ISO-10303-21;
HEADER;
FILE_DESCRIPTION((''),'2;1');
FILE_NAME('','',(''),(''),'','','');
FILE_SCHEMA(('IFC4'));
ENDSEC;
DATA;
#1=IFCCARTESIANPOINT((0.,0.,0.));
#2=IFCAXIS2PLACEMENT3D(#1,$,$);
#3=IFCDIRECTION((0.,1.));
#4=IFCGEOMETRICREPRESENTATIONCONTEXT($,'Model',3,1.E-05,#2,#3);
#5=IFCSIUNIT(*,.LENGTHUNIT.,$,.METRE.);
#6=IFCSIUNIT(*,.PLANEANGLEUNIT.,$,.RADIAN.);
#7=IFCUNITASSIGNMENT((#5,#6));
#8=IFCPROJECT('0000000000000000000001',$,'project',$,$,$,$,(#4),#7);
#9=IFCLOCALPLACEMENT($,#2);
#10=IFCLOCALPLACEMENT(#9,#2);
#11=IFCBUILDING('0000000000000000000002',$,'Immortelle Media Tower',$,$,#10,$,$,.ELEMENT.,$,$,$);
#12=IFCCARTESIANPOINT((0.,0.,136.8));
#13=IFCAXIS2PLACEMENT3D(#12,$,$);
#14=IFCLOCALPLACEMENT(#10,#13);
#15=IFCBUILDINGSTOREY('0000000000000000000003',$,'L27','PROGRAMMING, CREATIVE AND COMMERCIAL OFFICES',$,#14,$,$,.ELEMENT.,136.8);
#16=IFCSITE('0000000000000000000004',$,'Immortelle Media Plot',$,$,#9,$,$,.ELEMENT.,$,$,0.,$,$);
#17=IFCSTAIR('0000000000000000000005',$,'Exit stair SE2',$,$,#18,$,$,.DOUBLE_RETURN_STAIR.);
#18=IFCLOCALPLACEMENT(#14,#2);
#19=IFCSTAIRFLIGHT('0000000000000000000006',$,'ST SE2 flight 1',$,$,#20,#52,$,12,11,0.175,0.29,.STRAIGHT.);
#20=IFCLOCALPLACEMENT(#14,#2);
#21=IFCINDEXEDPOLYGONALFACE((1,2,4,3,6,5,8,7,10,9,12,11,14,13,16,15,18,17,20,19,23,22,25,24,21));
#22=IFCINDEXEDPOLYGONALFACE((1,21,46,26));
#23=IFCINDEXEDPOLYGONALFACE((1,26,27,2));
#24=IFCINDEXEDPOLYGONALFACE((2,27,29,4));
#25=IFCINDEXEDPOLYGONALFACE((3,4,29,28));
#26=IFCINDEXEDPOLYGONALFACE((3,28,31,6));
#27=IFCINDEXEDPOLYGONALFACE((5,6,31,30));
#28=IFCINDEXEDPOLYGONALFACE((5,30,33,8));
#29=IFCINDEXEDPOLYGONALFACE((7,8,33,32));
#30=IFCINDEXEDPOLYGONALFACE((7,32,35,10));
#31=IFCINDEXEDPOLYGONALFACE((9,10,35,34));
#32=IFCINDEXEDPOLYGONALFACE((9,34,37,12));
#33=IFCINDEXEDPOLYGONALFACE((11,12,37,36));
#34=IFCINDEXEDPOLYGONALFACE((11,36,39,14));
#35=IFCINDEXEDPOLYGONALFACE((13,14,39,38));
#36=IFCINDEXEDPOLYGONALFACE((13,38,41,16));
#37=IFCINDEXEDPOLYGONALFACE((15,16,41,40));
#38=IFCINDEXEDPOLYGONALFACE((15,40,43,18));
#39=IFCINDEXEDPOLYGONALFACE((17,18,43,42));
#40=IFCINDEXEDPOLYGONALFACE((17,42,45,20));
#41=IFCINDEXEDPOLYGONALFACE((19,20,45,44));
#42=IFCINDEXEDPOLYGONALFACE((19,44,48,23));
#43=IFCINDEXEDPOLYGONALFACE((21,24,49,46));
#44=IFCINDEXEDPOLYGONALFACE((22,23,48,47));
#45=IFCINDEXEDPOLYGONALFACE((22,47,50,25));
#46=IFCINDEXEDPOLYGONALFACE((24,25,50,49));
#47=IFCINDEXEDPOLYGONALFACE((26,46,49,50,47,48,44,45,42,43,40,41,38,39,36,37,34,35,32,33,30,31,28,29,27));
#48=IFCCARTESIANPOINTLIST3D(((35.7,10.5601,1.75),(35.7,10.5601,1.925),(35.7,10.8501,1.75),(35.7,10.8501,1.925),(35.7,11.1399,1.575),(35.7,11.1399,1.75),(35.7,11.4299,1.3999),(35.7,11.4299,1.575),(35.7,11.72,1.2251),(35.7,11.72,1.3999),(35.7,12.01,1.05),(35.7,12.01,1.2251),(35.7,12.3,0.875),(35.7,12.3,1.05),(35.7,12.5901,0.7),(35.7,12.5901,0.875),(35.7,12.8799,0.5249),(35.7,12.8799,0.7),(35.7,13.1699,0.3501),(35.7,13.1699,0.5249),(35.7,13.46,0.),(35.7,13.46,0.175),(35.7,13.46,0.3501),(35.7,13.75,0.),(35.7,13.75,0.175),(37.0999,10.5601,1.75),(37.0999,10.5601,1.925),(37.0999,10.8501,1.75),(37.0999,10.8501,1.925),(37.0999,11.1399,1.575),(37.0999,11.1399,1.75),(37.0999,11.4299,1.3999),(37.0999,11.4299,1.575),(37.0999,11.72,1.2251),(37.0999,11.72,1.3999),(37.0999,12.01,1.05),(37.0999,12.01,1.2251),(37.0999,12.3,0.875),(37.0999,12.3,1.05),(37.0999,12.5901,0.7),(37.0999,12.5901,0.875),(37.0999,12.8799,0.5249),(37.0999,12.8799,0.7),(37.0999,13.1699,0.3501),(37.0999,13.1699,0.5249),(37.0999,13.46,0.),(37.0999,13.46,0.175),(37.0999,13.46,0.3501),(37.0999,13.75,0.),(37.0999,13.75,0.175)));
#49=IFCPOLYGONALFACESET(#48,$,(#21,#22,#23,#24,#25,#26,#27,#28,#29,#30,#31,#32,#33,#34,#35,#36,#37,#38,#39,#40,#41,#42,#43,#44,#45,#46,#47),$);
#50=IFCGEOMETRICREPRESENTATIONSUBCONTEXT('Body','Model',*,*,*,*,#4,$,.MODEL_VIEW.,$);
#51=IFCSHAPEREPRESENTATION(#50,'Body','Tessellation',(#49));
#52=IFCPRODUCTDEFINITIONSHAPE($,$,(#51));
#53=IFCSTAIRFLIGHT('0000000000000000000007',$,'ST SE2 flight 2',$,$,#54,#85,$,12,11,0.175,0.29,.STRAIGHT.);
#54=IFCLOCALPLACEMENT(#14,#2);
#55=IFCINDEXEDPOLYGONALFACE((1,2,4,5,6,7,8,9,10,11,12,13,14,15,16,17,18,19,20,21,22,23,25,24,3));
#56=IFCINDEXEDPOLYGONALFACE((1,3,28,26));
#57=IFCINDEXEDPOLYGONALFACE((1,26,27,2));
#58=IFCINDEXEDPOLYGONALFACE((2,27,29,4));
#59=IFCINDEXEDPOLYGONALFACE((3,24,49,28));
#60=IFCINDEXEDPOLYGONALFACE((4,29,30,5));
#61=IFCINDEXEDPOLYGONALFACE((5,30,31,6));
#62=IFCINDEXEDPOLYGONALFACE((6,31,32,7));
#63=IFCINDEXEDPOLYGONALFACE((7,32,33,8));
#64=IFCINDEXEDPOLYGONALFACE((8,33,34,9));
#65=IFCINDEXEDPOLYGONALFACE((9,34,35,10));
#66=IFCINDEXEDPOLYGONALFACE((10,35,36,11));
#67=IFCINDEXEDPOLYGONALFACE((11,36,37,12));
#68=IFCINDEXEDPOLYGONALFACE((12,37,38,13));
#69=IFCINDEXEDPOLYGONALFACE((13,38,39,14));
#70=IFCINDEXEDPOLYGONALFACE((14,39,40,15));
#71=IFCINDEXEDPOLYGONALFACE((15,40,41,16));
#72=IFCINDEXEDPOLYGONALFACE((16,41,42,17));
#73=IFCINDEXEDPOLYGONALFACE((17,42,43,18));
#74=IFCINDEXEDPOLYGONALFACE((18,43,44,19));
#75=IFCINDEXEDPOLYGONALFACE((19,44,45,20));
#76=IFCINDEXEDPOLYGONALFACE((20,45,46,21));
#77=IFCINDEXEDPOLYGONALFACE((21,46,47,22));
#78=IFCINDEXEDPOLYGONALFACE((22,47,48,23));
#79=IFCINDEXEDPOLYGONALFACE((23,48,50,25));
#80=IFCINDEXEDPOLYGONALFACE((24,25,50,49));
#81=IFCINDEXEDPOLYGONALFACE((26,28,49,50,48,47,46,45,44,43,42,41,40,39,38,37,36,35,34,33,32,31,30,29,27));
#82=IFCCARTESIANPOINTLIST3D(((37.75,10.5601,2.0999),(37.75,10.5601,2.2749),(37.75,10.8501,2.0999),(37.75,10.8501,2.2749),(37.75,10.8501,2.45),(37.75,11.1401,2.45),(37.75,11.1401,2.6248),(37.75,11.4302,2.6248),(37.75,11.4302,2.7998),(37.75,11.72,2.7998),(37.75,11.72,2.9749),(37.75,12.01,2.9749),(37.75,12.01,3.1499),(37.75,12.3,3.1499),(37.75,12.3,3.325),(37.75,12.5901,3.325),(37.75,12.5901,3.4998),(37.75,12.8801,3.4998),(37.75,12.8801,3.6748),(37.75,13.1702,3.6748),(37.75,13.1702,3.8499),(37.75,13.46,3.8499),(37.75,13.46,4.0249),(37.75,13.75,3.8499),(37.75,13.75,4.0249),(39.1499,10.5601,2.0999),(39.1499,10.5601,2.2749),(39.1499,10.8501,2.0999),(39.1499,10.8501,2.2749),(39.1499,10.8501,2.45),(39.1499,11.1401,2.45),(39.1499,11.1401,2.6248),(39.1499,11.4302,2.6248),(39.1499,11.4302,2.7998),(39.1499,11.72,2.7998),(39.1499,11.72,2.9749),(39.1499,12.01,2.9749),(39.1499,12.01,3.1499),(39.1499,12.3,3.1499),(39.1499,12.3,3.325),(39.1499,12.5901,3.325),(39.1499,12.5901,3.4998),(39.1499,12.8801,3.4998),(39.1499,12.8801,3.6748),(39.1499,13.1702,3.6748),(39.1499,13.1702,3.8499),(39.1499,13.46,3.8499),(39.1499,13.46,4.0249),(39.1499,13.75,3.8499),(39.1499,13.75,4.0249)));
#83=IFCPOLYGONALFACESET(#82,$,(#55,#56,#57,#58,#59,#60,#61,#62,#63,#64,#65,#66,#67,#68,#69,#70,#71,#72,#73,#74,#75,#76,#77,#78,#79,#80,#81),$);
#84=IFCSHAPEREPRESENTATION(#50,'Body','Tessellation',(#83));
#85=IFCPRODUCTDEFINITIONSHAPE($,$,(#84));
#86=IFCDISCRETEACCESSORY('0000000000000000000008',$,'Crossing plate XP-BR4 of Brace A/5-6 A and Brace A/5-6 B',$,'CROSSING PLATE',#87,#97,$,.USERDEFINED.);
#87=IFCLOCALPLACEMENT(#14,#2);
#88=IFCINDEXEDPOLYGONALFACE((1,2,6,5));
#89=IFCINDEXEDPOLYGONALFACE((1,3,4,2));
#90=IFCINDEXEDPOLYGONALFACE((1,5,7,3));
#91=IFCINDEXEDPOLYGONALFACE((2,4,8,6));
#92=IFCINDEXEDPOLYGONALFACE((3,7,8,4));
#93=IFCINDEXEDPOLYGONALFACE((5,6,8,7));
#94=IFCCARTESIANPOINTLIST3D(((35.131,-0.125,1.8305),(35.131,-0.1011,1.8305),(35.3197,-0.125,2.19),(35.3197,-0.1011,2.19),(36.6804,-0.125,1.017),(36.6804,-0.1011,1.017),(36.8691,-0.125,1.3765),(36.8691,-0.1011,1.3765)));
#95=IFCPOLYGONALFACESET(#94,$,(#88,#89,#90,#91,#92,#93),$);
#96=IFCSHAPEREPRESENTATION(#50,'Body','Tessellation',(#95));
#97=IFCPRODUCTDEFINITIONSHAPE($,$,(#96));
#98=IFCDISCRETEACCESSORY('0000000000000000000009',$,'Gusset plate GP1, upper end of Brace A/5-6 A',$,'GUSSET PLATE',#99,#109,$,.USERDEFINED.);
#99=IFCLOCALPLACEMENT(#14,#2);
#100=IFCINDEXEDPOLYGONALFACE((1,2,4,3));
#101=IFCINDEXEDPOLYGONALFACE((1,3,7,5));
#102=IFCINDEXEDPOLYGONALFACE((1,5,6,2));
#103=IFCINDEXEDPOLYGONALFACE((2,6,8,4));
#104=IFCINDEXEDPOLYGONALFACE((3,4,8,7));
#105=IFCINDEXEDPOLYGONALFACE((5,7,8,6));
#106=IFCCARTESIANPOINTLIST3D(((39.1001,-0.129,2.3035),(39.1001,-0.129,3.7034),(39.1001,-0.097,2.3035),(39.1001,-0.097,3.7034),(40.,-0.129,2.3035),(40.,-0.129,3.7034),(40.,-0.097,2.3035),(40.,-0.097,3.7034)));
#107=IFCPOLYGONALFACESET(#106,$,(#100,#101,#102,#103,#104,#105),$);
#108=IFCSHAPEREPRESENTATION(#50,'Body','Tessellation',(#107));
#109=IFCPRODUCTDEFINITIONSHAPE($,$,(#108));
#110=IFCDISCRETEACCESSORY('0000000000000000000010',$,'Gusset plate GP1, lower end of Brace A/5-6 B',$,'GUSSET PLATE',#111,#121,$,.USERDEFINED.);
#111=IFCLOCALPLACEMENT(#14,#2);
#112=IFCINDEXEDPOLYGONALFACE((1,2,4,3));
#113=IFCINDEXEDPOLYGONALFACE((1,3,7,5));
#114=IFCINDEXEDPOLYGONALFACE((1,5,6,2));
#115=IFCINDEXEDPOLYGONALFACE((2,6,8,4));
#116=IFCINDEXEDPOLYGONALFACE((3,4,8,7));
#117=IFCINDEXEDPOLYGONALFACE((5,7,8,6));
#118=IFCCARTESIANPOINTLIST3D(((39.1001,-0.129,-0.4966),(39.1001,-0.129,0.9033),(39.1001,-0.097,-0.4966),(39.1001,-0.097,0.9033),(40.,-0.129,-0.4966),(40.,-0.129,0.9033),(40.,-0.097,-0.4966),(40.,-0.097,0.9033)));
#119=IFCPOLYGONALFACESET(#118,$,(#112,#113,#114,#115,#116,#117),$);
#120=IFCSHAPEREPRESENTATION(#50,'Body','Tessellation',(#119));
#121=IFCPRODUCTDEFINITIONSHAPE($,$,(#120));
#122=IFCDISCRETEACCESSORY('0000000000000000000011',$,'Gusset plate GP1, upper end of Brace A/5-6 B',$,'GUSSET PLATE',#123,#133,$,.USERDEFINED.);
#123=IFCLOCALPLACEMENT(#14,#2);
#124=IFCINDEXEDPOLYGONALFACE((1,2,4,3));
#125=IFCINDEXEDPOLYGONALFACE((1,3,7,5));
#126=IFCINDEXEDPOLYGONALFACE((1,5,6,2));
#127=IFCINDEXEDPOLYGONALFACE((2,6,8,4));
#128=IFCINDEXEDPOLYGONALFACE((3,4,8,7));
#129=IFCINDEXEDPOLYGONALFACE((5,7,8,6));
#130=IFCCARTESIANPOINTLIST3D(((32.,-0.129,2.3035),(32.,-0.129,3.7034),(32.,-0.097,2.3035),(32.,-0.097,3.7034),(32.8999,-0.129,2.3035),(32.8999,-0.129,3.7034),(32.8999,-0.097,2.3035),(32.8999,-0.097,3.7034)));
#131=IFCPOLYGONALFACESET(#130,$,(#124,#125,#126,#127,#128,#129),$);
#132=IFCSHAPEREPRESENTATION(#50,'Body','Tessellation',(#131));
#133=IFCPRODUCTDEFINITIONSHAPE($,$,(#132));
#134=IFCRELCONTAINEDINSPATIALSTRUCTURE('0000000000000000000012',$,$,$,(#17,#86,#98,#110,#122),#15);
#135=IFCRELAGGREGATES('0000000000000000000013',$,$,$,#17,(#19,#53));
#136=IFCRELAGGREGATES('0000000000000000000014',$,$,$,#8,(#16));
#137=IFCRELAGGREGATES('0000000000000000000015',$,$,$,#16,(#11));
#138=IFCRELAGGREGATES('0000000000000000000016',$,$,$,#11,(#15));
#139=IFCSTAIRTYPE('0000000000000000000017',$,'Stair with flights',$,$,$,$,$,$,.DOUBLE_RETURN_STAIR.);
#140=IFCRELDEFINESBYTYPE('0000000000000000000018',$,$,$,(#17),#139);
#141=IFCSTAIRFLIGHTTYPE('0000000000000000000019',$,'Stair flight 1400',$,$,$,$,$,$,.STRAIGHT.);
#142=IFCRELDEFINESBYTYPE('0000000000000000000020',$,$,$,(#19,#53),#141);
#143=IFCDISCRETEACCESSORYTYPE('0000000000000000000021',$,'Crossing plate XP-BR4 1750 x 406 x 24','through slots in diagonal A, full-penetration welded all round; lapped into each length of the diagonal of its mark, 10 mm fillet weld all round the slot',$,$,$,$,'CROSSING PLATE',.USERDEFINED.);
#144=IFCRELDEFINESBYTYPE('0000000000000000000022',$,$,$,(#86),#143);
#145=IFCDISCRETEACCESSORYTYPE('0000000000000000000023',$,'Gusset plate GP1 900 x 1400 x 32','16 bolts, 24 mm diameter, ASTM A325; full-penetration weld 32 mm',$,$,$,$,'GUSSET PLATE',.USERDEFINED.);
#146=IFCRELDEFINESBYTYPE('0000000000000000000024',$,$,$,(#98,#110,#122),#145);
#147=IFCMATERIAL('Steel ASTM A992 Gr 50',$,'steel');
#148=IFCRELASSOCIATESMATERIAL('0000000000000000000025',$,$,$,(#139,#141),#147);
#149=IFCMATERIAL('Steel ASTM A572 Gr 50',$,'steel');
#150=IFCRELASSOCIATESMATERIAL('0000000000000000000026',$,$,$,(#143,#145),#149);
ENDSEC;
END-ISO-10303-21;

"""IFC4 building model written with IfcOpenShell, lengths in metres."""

from ifc_helpers import new_model, si_unit, direction, frame, origin, origin_2d, place, context, subcontext, project, spatial, polyline, rectangle, outline, extrude, material, material_profile, profile_set, type_object, element, aggregate, save


model = new_model("IFC4")

# Units and contexts
model_context = context("Model", 3, precision=1e-05, world=origin(), true_north=direction((0.0, 1.0)))
body_context = subcontext(model_context, "Body", "Model", "MODEL_VIEW")
ifc_project = project(units=[si_unit("LENGTHUNIT", "METRE"), si_unit("PLANEANGLEUNIT", "RADIAN")], contexts=[model_context])

# Site, building, storey
site_placement = place(None, origin())
site = spatial("IfcSite", under=ifc_project, at=site_placement, Name="Immortelle Media Plot", CompositionType="ELEMENT", RefElevation=0.0)
building_placement = place(site_placement, origin())
building = spatial("IfcBuilding", under=site, at=building_placement, Name="Immortelle Media Tower", CompositionType="ELEMENT")
storey_placement = place(building_placement, frame((0.0, 0.0, 136.8)))
storey = spatial("IfcBuildingStorey", under=building, at=storey_placement, Name="L27", Description="PROGRAMMING, CREATIVE AND COMMERCIAL OFFICES", CompositionType="ELEMENT", Elevation=136.8)

# Shared definitions
ifc_material_1 = material(Name="Steel ASTM A992 Gr 50", Category="steel")

# Stair, stair flights
stair_type = type_object("IfcStairType", Name="Stair with flights", PredefinedType="DOUBLE_RETURN_STAIR", material=ifc_material_1)
stair_flight_type = type_object("IfcStairFlightType", Name="Stair flight 1400", PredefinedType="STRAIGHT", material=ifc_material_1)
stair_1_placement = place(storey_placement, origin())
stair_1 = element("IfcStair", 1, at=stair_1_placement, inside=storey, type_object=stair_type, Name="Exit stair SE2", PredefinedType="DOUBLE_RETURN_STAIR")
stair_flight_1_placement = place(storey_placement, frame((36.3999, 13.75, 0.0), z_axis=(0.0, 0.0, 1.0), x_axis=(0.0, -1.0, 0.0)))
stair_flight_1 = element("IfcStairFlight", 2, at=stair_flight_1_placement, type_object=stair_flight_type, Name="ST SE2 flight 1", NumberOfRisers=12, NumberOfTreads=11, PredefinedType="STRAIGHT", RiserHeight=0.175, TreadLength=0.29, context=body_context, shape_type="SweptSolid", body=[
    extrude(outline(polyline([(0.0, 0.0), (0.0, 0.175), (0.29, 0.175), (0.29, 0.3501), (0.5801, 0.3501), (0.5801, 0.5249), (0.8701, 0.5249), (0.8701, 0.7), (1.1599, 0.7), (1.1599, 0.875), (1.45, 0.875), (1.45, 1.05), (1.74, 1.05), (1.74, 1.2251), (2.03, 1.2251), (2.03, 1.3999), (2.3201, 1.3999), (2.3201, 1.575), (2.6101, 1.575), (2.6101, 1.75), (2.8999, 1.75), (2.8999, 1.925), (3.1899, 1.925), (3.1899, 2.1001), (3.1899, 1.75), (0.29, 0.0), (0.0, 0.0)])), frame((0.0, 0.7, 0.0), z_axis=(0.0, -1.0, 0.0), x_axis=(1.0, 0.0, 0.0)), (0.0, 0.0, 1.0), 1.3999),
])
stair_flight_2_placement = place(storey_placement, frame((38.45, 10.5601, 2.0999), z_axis=(0.0, 0.0, 1.0), x_axis=(0.0, 1.0, 0.0)))
stair_flight_2 = element("IfcStairFlight", 3, at=stair_flight_2_placement, type_object=stair_flight_type, Name="ST SE2 flight 2", NumberOfRisers=12, NumberOfTreads=11, PredefinedType="STRAIGHT", RiserHeight=0.175, TreadLength=0.29, context=body_context, shape_type="SweptSolid", body=[
    extrude(outline(polyline([(0.0, 0.0), (0.0, 0.175), (0.29, 0.175), (0.29, 0.3501), (0.5801, 0.3501), (0.5801, 0.5249), (0.8701, 0.5249), (0.8701, 0.7), (1.1599, 0.7), (1.1599, 0.875), (1.45, 0.875), (1.45, 1.05), (1.74, 1.05), (1.74, 1.2251), (2.03, 1.2251), (2.03, 1.3999), (2.3201, 1.3999), (2.3201, 1.575), (2.6101, 1.575), (2.6101, 1.75), (2.8999, 1.75), (2.8999, 1.925), (3.1899, 1.925), (3.1899, 2.1001), (3.1899, 1.75), (0.29, 0.0), (0.0, 0.0)])), frame((0.0, 0.7, 0.0), z_axis=(0.0, -1.0, 0.0), x_axis=(1.0, 0.0, 0.0)), (0.0, 0.0, 1.0), 1.3999),
])
aggregate(stair_1, [stair_flight_1, stair_flight_2])

# Discrete accessories
ifc_material_2 = material(Name="Steel ASTM A572 Gr 50", Category="steel")
ifc_material_profile_1 = material_profile(ifc_material_2, rectangle(XDim=0.0239, YDim=0.406, at=origin_2d()), Name="PL 24 x 406")
ifc_profile_set_1 = profile_set([ifc_material_profile_1], Name="Steel ASTM A572 Gr 50")
discrete_accessory_type_1 = type_object("IfcDiscreteAccessoryType", Name="Crossing plate XP-BR4 1750 x 406 x 24", Description="through slots in diagonal A, full-penetration welded all round; lapped into each length of the diagonal of its mark, 10 mm fillet weld all round the slot", ElementType="CROSSING PLATE", PredefinedType="USERDEFINED", material=ifc_profile_set_1)
discrete_accessory_placement = place(storey_placement, frame((35.2253, -0.113, 2.0103), z_axis=(0.885378, 0.0, -0.464872), x_axis=(0.0, 1.0, 0.0)))
element("IfcDiscreteAccessory", 4, at=discrete_accessory_placement, inside=storey, type_object=discrete_accessory_type_1, Name="Crossing plate XP-BR4 of Brace A/5-6 A and Brace A/5-6 B", ObjectType="CROSSING PLATE", PredefinedType="USERDEFINED", context=body_context, shape_type="SweptSolid", body=[
    extrude(rectangle(XDim=0.0239, YDim=0.406, at=origin_2d()), origin(), (0.0, 0.0, 1.0), 1.75),
])
ifc_material_profile_2 = material_profile(ifc_material_2, rectangle(XDim=0.032, YDim=1.3999, at=origin_2d()), Name="PL 32 x 1400")
ifc_profile_set_2 = profile_set([ifc_material_profile_2], Name="Steel ASTM A572 Gr 50")
discrete_accessory_type_2 = type_object("IfcDiscreteAccessoryType", Name="Gusset plate GP1 900 x 1400 x 32", Description="16 bolts, 24 mm diameter, ASTM A325; full-penetration weld 32 mm", ElementType="GUSSET PLATE", PredefinedType="USERDEFINED", material=ifc_profile_set_2)
for number, where, z_axis, x_axis, name in (
    (5, (40.0, -0.113, 3.0034), (-1.0, 0.0, 0.0), (0.0, -1.0, 0.0), "Gusset plate GP1, upper end of Brace A/5-6 A"),
    (6, (40.0, -0.113, 0.2034), (-1.0, 0.0, 0.0), (0.0, -1.0, 0.0), "Gusset plate GP1, lower end of Brace A/5-6 B"),
    (7, (32.0, -0.113, 3.0034), (1.0, 0.0, 0.0), (0.0, 1.0, 0.0), "Gusset plate GP1, upper end of Brace A/5-6 B"),
):
    element("IfcDiscreteAccessory", number, at=place(storey_placement, frame(where, z_axis=z_axis, x_axis=x_axis)), inside=storey, type_object=discrete_accessory_type_2, Name=name, ObjectType="GUSSET PLATE", PredefinedType="USERDEFINED", context=body_context, shape_type="SweptSolid", body=[
        extrude(rectangle(XDim=0.032, YDim=1.3999, at=origin_2d()), origin(), (0.0, 0.0, 1.0), 0.8999),
    ])

save(model, "model.ifc")
